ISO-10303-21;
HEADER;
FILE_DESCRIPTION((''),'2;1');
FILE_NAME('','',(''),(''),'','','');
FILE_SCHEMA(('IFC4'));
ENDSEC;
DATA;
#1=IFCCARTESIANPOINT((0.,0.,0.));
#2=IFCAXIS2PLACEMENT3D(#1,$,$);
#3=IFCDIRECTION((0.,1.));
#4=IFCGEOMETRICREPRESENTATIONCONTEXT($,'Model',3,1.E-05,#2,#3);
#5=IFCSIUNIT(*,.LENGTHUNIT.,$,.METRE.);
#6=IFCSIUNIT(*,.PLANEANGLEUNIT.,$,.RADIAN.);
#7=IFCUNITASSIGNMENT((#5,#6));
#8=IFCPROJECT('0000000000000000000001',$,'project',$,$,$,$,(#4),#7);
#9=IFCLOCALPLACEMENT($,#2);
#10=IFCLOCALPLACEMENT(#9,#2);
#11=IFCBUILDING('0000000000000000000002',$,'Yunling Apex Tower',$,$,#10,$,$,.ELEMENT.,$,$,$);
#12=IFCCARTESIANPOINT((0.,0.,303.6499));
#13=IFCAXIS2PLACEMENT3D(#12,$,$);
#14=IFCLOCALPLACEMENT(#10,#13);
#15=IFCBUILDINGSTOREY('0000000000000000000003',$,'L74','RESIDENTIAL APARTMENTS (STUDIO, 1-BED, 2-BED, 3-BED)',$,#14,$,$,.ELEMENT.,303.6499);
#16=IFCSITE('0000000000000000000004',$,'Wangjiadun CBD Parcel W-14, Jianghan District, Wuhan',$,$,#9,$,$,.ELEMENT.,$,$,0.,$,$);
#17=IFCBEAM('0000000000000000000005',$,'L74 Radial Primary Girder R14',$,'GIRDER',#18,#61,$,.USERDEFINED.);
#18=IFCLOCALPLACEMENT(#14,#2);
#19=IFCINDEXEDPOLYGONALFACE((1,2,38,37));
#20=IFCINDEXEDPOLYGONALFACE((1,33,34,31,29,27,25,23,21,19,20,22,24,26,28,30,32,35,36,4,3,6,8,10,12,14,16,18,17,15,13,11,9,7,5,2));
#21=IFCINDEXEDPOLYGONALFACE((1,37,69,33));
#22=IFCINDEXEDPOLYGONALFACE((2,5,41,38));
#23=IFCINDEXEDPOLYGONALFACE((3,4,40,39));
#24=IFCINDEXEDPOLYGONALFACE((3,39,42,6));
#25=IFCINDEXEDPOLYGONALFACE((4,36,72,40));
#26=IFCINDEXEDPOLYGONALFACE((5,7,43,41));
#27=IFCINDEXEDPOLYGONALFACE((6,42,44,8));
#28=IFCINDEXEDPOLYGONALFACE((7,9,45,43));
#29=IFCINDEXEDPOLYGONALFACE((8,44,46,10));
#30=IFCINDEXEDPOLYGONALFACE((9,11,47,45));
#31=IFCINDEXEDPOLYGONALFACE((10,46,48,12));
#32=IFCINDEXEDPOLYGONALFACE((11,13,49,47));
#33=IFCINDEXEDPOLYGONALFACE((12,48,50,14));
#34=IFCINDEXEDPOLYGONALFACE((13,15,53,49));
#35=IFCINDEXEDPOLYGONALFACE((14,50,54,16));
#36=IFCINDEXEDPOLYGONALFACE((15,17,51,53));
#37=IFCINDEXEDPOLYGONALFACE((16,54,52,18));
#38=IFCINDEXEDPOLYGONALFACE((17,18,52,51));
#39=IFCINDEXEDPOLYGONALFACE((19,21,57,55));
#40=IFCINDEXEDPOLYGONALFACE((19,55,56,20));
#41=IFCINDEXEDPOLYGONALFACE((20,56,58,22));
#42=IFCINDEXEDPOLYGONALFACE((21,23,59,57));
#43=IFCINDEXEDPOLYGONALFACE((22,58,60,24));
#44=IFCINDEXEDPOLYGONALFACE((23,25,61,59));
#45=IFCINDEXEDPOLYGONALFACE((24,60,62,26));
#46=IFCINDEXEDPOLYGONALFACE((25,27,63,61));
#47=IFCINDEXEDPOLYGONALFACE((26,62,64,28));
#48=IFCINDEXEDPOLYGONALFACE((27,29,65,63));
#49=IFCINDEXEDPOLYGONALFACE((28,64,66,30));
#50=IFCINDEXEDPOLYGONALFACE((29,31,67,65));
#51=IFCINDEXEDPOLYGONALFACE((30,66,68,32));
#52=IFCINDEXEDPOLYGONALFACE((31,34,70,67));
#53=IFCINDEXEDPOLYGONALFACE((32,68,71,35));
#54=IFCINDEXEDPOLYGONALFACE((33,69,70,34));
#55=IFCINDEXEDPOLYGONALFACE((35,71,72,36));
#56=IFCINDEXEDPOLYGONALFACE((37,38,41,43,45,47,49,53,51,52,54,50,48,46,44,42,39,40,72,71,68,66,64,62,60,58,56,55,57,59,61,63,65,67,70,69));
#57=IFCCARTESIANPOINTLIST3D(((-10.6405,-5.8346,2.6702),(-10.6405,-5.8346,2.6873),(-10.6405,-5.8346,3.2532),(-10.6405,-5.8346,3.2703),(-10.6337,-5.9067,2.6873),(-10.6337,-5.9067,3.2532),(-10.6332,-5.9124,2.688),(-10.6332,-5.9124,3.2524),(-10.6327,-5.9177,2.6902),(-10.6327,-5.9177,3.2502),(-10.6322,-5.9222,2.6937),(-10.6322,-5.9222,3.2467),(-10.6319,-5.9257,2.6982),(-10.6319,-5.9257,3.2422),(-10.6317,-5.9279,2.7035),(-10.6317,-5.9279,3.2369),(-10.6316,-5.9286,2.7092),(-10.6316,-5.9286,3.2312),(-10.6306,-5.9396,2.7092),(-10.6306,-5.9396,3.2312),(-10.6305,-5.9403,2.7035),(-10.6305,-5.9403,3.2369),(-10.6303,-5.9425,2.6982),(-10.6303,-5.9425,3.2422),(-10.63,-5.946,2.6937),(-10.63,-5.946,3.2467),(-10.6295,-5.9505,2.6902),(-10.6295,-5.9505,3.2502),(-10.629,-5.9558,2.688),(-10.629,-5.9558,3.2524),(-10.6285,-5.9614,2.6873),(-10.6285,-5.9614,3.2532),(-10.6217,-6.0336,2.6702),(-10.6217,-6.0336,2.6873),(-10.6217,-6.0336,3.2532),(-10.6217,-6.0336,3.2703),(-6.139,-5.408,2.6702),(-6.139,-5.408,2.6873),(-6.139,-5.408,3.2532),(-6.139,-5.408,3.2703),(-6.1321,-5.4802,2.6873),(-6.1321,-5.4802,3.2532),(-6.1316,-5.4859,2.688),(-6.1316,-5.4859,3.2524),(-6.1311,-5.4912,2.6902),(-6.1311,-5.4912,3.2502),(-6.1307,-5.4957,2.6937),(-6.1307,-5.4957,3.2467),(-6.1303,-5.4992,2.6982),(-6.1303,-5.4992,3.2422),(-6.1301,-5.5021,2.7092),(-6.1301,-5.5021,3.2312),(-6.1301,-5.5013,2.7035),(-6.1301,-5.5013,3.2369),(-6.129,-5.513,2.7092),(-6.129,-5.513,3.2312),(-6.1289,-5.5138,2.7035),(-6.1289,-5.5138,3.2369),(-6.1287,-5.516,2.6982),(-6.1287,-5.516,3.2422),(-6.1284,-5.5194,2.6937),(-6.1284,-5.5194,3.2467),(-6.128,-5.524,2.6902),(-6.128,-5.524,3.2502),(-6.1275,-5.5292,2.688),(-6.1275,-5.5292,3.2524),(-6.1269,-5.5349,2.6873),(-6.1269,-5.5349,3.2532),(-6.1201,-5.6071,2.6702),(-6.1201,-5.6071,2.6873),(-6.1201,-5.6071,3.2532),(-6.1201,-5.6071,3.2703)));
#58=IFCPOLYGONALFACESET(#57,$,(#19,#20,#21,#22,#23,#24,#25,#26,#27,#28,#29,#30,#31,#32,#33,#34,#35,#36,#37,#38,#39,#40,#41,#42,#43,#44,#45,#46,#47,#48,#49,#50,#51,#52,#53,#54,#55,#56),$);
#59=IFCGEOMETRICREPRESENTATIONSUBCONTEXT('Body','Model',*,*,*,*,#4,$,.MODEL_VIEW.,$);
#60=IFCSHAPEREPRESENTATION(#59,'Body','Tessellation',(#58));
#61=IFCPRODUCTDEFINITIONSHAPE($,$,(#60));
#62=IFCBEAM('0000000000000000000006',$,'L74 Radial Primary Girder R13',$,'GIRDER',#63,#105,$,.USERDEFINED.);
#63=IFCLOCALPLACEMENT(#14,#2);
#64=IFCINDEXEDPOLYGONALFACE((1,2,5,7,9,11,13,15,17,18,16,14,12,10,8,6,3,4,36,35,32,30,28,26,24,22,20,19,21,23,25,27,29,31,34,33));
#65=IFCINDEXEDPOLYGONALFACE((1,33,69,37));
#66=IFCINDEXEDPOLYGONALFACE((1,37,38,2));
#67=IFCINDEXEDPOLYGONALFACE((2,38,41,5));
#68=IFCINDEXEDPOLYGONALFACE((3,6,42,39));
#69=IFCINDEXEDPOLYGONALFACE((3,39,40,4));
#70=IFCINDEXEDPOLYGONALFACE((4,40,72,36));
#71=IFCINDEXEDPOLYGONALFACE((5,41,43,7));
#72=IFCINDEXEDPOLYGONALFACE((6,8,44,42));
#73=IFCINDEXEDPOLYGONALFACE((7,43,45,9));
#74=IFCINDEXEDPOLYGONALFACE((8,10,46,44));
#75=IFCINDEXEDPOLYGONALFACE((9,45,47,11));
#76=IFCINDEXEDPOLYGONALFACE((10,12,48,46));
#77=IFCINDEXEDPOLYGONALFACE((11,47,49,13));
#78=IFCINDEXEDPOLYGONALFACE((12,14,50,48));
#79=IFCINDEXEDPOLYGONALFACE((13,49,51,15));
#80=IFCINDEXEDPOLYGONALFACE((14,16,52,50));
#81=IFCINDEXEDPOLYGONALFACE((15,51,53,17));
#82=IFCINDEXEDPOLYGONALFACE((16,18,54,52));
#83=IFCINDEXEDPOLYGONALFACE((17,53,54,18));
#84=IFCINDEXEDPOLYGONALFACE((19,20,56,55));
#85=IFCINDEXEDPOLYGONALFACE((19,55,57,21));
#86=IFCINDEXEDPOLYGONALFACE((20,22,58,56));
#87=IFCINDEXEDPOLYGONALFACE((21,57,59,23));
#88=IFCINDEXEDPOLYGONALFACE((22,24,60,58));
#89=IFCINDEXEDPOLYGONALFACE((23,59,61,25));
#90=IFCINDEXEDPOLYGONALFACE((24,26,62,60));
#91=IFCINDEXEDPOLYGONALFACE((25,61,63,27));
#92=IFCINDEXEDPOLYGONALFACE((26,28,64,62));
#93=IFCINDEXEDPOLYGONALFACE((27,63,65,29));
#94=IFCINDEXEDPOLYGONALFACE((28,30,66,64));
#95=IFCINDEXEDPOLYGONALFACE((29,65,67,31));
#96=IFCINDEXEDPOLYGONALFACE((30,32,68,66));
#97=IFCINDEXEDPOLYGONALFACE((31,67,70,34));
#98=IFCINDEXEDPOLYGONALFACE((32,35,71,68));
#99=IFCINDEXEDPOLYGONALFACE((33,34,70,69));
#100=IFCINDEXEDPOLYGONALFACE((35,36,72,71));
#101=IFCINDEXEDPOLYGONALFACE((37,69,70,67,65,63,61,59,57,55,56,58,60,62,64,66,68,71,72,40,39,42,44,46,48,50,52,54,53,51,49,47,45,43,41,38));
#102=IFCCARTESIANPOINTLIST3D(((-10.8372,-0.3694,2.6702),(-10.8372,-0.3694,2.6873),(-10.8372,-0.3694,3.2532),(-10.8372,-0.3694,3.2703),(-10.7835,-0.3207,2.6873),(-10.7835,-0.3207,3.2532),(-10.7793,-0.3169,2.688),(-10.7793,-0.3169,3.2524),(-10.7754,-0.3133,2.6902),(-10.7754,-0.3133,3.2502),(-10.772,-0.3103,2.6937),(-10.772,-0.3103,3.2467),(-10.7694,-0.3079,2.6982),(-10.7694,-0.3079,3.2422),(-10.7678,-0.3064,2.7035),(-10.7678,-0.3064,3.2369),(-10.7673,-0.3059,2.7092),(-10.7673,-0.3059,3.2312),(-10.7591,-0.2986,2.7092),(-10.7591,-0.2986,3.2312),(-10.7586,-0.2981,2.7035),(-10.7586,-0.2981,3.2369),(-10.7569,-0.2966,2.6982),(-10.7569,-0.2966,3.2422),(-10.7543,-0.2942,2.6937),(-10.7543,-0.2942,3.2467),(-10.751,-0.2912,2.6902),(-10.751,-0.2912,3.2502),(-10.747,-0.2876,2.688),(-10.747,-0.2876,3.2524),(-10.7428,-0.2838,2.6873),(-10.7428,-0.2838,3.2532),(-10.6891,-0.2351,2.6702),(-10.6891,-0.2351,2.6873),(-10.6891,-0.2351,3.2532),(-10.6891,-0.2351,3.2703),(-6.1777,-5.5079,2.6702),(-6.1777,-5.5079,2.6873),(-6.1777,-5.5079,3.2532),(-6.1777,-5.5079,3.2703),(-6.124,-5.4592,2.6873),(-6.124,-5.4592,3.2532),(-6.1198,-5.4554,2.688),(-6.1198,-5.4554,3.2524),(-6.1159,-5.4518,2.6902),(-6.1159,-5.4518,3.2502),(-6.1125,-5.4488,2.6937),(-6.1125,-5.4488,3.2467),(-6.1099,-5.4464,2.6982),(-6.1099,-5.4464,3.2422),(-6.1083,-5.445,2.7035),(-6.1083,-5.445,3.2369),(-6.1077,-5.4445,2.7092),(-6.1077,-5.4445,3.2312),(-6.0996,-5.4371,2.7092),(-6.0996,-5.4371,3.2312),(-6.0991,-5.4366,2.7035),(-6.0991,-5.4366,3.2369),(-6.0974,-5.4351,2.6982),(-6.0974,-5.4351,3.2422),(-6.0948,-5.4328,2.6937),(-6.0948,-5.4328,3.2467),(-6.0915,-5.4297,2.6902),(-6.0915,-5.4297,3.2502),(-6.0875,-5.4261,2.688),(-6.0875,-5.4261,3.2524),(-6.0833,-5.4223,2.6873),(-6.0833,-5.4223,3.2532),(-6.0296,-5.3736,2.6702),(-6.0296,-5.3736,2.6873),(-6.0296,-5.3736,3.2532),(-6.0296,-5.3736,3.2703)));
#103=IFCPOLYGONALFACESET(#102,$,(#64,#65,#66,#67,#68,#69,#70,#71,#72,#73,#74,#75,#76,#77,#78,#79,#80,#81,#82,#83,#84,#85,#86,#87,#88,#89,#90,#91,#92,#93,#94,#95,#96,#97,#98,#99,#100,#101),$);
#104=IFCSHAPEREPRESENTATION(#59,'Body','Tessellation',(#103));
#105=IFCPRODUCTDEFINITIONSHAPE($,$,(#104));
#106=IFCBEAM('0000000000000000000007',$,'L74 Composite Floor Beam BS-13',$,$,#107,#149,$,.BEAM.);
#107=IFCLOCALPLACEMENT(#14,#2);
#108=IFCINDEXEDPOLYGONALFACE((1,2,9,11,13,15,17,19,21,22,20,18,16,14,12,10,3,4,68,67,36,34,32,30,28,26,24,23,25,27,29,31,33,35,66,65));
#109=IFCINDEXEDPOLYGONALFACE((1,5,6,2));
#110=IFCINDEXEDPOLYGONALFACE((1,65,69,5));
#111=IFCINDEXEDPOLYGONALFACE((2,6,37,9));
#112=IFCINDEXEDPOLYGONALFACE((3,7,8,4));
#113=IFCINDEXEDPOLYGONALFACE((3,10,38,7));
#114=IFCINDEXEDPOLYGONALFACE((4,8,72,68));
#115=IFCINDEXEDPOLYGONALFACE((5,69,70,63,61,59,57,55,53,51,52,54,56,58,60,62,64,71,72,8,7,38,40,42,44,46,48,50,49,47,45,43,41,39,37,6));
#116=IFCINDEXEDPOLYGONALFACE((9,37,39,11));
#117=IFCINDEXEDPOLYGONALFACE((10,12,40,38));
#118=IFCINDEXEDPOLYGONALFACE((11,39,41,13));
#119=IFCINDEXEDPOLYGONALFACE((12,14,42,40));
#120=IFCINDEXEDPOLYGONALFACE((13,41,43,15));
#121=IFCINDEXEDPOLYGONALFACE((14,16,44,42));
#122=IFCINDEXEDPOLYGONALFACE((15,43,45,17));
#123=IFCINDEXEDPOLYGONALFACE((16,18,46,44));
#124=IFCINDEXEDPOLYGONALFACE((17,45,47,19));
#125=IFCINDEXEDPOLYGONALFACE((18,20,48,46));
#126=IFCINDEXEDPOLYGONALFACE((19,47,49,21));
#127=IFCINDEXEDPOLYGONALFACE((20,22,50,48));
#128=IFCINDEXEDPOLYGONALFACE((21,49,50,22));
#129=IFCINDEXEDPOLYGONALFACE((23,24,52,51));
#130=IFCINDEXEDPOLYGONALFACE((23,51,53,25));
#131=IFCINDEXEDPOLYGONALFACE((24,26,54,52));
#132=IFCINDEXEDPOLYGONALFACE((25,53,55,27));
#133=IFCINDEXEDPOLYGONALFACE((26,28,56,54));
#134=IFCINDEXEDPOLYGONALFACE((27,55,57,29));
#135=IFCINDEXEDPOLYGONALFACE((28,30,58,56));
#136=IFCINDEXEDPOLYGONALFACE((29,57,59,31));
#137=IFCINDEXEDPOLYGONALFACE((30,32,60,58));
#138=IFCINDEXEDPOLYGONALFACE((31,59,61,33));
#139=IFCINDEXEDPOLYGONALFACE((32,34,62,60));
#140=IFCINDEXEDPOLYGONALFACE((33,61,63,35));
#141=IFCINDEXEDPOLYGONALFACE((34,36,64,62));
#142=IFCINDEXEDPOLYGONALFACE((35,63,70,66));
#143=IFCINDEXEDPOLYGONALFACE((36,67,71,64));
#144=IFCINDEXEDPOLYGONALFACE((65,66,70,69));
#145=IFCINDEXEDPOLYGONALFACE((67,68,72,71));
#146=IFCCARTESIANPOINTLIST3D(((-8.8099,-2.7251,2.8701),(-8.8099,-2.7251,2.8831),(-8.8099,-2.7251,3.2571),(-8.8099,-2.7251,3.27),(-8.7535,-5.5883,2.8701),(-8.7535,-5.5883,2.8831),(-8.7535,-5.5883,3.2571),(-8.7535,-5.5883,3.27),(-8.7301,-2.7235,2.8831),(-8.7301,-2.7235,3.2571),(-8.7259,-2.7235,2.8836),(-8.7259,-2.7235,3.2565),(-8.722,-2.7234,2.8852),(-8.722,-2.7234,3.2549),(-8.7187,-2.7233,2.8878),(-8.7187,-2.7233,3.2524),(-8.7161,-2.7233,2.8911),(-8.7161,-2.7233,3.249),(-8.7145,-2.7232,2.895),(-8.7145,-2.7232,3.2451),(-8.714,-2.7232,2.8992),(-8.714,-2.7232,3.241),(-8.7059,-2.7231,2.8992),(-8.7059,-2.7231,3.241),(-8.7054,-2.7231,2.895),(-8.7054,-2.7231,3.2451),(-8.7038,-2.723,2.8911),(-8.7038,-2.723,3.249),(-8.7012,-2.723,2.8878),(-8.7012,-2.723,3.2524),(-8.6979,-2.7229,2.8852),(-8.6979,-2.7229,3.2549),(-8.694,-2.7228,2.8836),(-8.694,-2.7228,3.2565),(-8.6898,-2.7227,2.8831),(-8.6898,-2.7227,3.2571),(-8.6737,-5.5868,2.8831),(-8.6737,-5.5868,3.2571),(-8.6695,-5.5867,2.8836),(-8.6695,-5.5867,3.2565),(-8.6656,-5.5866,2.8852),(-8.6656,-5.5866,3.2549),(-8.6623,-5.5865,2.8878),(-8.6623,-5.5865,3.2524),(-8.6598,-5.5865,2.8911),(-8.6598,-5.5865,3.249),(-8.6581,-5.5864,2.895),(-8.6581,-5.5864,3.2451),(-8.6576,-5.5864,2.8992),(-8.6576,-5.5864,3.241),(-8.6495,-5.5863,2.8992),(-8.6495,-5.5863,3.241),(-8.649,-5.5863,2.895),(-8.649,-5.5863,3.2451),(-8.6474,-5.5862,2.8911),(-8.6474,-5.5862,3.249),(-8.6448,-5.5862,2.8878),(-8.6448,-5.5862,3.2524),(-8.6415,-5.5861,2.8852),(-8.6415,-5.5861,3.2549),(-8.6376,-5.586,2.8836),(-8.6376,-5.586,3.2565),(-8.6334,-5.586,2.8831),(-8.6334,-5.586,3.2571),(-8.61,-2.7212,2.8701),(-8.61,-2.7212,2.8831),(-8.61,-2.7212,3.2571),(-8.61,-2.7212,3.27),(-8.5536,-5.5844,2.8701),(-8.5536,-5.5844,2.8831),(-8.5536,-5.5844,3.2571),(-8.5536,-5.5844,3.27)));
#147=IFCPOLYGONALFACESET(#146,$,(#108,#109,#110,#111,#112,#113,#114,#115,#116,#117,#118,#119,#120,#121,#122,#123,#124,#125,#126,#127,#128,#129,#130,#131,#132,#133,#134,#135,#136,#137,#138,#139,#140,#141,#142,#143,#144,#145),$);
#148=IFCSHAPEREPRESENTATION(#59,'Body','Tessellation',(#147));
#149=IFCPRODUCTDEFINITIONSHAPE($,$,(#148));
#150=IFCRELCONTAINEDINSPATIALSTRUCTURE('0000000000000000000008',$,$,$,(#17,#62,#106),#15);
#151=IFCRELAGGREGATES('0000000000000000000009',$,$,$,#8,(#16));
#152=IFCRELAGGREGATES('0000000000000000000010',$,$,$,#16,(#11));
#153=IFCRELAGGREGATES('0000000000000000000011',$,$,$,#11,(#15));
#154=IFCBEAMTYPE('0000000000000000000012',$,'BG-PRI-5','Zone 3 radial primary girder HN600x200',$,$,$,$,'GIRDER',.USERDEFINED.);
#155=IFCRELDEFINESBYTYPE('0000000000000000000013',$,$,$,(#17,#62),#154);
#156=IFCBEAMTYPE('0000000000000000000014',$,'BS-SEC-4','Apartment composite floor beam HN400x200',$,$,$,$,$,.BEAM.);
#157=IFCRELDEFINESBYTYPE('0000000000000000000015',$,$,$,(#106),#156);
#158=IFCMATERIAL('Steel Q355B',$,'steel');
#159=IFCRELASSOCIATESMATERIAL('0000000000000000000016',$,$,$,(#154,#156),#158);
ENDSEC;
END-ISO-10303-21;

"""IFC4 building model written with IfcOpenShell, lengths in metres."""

from ifc_helpers import new_model, si_unit, direction, frame, origin, origin_2d, place, context, subcontext, project, spatial, i_section, extrude, source, transform, mapped, material, material_profile, profile_set, type_object, element, save


model = new_model("IFC4")

# Units and contexts
model_context = context("Model", 3, precision=1e-05, world=origin(), true_north=direction((0.0, 1.0)))
body_context = subcontext(model_context, "Body", "Model", "MODEL_VIEW")
ifc_project = project(units=[si_unit("LENGTHUNIT", "METRE"), si_unit("PLANEANGLEUNIT", "RADIAN")], contexts=[model_context])

# Site, building, storey
site_placement = place(None, origin())
site = spatial("IfcSite", under=ifc_project, at=site_placement, Name="Wangjiadun CBD Parcel W-14, Jianghan District, Wuhan", CompositionType="ELEMENT", RefElevation=0.0)
building_placement = place(site_placement, origin())
building = spatial("IfcBuilding", under=site, at=building_placement, Name="Yunling Apex Tower", CompositionType="ELEMENT")
storey_placement = place(building_placement, frame((0.0, 0.0, 303.6499)))
storey = spatial("IfcBuildingStorey", under=building, at=storey_placement, Name="L74", Description="RESIDENTIAL APARTMENTS (STUDIO, 1-BED, 2-BED, 3-BED)", CompositionType="ELEMENT", Elevation=303.6499)

# Shared definitions
ifc_material_1 = material(Name="Steel Q355B", Category="steel")

# Beams
ifc_material_profile_1 = material_profile(ifc_material_1, i_section(OverallWidth=0.2, OverallDepth=0.6001, WebThickness=0.011, FlangeThickness=0.0171, FilletRadius=0.022, at=origin_2d()))
ifc_profile_set_1 = profile_set([ifc_material_profile_1], Name="Steel Q355B")
beam_type_1 = type_object("IfcBeamType", Name="BG-PRI-5", Description="Zone 3 radial primary girder HN600x200", ElementType="GIRDER", PredefinedType="USERDEFINED", material=ifc_profile_set_1)
shared_shape_1 = source(origin(), body_context, "Body", "SweptSolid", [
    extrude(i_section(OverallWidth=0.2, OverallDepth=0.6001, WebThickness=0.011, FlangeThickness=0.0171, FilletRadius=0.022, at=origin_2d()), origin(), (0.0, 0.0, 1.0), 4.5217),
])
beam_1_placement = place(storey_placement, frame((-10.6311, -5.9341, 2.9702), z_axis=(0.995541, 0.094328, 0.0), x_axis=(-0.094328, 0.995541, 0.0)))
element("IfcBeam", 1, at=beam_1_placement, inside=storey, type_object=beam_type_1, Name="L74 Radial Primary Girder R14", ObjectType="GIRDER", PredefinedType="USERDEFINED", context=body_context, shape_type="MappedRepresentation", body=[
    mapped(shared_shape_1, transform((0.0, 0.0, 0.0), scale=1.0)),
])
shared_shape_2 = source(origin(), body_context, "Body", "SweptSolid", [
    extrude(i_section(OverallWidth=0.2, OverallDepth=0.6001, WebThickness=0.011, FlangeThickness=0.0171, FilletRadius=0.022, at=origin_2d()), origin(), (0.0, 0.0, 1.0), 6.9365),
])
beam_2_placement = place(storey_placement, frame((-10.7632, -0.3022, 2.9702), z_axis=(0.671735, -0.740792, 0.0), x_axis=(0.740792, 0.671735, 0.0)))
element("IfcBeam", 2, at=beam_2_placement, inside=storey, type_object=beam_type_1, Name="L74 Radial Primary Girder R13", ObjectType="GIRDER", PredefinedType="USERDEFINED", context=body_context, shape_type="MappedRepresentation", body=[
    mapped(shared_shape_2, transform((0.0, 0.0, 0.0), scale=1.0)),
])
ifc_material_profile_2 = material_profile(ifc_material_1, i_section(OverallWidth=0.2, OverallDepth=0.3999, WebThickness=0.0081, FlangeThickness=0.0129, FilletRadius=0.0161, at=origin_2d()))
ifc_profile_set_2 = profile_set([ifc_material_profile_2], Name="Steel Q355B")
beam_type_2 = type_object("IfcBeamType", Name="BS-SEC-4", Description="Apartment composite floor beam HN400x200", PredefinedType="BEAM", material=ifc_profile_set_2)
shared_shape_3 = source(origin(), body_context, "Body", "SweptSolid", [
    extrude(i_section(OverallWidth=0.2, OverallDepth=0.3999, WebThickness=0.0081, FlangeThickness=0.0129, FilletRadius=0.0161, at=origin_2d()), origin(), (0.0, 0.0, 1.0), 2.8638),
])
beam_3_placement = place(storey_placement, frame((-8.71, -2.7231, 3.0701), z_axis=(0.019693, -0.999806, 0.0), x_axis=(0.999806, 0.019693, 0.0)))
element("IfcBeam", 3, at=beam_3_placement, inside=storey, type_object=beam_type_2, Name="L74 Composite Floor Beam BS-13", PredefinedType="BEAM", context=body_context, shape_type="MappedRepresentation", body=[
    mapped(shared_shape_3, transform((0.0, 0.0, 0.0), scale=1.0)),
])

save(model, "model.ifc")
